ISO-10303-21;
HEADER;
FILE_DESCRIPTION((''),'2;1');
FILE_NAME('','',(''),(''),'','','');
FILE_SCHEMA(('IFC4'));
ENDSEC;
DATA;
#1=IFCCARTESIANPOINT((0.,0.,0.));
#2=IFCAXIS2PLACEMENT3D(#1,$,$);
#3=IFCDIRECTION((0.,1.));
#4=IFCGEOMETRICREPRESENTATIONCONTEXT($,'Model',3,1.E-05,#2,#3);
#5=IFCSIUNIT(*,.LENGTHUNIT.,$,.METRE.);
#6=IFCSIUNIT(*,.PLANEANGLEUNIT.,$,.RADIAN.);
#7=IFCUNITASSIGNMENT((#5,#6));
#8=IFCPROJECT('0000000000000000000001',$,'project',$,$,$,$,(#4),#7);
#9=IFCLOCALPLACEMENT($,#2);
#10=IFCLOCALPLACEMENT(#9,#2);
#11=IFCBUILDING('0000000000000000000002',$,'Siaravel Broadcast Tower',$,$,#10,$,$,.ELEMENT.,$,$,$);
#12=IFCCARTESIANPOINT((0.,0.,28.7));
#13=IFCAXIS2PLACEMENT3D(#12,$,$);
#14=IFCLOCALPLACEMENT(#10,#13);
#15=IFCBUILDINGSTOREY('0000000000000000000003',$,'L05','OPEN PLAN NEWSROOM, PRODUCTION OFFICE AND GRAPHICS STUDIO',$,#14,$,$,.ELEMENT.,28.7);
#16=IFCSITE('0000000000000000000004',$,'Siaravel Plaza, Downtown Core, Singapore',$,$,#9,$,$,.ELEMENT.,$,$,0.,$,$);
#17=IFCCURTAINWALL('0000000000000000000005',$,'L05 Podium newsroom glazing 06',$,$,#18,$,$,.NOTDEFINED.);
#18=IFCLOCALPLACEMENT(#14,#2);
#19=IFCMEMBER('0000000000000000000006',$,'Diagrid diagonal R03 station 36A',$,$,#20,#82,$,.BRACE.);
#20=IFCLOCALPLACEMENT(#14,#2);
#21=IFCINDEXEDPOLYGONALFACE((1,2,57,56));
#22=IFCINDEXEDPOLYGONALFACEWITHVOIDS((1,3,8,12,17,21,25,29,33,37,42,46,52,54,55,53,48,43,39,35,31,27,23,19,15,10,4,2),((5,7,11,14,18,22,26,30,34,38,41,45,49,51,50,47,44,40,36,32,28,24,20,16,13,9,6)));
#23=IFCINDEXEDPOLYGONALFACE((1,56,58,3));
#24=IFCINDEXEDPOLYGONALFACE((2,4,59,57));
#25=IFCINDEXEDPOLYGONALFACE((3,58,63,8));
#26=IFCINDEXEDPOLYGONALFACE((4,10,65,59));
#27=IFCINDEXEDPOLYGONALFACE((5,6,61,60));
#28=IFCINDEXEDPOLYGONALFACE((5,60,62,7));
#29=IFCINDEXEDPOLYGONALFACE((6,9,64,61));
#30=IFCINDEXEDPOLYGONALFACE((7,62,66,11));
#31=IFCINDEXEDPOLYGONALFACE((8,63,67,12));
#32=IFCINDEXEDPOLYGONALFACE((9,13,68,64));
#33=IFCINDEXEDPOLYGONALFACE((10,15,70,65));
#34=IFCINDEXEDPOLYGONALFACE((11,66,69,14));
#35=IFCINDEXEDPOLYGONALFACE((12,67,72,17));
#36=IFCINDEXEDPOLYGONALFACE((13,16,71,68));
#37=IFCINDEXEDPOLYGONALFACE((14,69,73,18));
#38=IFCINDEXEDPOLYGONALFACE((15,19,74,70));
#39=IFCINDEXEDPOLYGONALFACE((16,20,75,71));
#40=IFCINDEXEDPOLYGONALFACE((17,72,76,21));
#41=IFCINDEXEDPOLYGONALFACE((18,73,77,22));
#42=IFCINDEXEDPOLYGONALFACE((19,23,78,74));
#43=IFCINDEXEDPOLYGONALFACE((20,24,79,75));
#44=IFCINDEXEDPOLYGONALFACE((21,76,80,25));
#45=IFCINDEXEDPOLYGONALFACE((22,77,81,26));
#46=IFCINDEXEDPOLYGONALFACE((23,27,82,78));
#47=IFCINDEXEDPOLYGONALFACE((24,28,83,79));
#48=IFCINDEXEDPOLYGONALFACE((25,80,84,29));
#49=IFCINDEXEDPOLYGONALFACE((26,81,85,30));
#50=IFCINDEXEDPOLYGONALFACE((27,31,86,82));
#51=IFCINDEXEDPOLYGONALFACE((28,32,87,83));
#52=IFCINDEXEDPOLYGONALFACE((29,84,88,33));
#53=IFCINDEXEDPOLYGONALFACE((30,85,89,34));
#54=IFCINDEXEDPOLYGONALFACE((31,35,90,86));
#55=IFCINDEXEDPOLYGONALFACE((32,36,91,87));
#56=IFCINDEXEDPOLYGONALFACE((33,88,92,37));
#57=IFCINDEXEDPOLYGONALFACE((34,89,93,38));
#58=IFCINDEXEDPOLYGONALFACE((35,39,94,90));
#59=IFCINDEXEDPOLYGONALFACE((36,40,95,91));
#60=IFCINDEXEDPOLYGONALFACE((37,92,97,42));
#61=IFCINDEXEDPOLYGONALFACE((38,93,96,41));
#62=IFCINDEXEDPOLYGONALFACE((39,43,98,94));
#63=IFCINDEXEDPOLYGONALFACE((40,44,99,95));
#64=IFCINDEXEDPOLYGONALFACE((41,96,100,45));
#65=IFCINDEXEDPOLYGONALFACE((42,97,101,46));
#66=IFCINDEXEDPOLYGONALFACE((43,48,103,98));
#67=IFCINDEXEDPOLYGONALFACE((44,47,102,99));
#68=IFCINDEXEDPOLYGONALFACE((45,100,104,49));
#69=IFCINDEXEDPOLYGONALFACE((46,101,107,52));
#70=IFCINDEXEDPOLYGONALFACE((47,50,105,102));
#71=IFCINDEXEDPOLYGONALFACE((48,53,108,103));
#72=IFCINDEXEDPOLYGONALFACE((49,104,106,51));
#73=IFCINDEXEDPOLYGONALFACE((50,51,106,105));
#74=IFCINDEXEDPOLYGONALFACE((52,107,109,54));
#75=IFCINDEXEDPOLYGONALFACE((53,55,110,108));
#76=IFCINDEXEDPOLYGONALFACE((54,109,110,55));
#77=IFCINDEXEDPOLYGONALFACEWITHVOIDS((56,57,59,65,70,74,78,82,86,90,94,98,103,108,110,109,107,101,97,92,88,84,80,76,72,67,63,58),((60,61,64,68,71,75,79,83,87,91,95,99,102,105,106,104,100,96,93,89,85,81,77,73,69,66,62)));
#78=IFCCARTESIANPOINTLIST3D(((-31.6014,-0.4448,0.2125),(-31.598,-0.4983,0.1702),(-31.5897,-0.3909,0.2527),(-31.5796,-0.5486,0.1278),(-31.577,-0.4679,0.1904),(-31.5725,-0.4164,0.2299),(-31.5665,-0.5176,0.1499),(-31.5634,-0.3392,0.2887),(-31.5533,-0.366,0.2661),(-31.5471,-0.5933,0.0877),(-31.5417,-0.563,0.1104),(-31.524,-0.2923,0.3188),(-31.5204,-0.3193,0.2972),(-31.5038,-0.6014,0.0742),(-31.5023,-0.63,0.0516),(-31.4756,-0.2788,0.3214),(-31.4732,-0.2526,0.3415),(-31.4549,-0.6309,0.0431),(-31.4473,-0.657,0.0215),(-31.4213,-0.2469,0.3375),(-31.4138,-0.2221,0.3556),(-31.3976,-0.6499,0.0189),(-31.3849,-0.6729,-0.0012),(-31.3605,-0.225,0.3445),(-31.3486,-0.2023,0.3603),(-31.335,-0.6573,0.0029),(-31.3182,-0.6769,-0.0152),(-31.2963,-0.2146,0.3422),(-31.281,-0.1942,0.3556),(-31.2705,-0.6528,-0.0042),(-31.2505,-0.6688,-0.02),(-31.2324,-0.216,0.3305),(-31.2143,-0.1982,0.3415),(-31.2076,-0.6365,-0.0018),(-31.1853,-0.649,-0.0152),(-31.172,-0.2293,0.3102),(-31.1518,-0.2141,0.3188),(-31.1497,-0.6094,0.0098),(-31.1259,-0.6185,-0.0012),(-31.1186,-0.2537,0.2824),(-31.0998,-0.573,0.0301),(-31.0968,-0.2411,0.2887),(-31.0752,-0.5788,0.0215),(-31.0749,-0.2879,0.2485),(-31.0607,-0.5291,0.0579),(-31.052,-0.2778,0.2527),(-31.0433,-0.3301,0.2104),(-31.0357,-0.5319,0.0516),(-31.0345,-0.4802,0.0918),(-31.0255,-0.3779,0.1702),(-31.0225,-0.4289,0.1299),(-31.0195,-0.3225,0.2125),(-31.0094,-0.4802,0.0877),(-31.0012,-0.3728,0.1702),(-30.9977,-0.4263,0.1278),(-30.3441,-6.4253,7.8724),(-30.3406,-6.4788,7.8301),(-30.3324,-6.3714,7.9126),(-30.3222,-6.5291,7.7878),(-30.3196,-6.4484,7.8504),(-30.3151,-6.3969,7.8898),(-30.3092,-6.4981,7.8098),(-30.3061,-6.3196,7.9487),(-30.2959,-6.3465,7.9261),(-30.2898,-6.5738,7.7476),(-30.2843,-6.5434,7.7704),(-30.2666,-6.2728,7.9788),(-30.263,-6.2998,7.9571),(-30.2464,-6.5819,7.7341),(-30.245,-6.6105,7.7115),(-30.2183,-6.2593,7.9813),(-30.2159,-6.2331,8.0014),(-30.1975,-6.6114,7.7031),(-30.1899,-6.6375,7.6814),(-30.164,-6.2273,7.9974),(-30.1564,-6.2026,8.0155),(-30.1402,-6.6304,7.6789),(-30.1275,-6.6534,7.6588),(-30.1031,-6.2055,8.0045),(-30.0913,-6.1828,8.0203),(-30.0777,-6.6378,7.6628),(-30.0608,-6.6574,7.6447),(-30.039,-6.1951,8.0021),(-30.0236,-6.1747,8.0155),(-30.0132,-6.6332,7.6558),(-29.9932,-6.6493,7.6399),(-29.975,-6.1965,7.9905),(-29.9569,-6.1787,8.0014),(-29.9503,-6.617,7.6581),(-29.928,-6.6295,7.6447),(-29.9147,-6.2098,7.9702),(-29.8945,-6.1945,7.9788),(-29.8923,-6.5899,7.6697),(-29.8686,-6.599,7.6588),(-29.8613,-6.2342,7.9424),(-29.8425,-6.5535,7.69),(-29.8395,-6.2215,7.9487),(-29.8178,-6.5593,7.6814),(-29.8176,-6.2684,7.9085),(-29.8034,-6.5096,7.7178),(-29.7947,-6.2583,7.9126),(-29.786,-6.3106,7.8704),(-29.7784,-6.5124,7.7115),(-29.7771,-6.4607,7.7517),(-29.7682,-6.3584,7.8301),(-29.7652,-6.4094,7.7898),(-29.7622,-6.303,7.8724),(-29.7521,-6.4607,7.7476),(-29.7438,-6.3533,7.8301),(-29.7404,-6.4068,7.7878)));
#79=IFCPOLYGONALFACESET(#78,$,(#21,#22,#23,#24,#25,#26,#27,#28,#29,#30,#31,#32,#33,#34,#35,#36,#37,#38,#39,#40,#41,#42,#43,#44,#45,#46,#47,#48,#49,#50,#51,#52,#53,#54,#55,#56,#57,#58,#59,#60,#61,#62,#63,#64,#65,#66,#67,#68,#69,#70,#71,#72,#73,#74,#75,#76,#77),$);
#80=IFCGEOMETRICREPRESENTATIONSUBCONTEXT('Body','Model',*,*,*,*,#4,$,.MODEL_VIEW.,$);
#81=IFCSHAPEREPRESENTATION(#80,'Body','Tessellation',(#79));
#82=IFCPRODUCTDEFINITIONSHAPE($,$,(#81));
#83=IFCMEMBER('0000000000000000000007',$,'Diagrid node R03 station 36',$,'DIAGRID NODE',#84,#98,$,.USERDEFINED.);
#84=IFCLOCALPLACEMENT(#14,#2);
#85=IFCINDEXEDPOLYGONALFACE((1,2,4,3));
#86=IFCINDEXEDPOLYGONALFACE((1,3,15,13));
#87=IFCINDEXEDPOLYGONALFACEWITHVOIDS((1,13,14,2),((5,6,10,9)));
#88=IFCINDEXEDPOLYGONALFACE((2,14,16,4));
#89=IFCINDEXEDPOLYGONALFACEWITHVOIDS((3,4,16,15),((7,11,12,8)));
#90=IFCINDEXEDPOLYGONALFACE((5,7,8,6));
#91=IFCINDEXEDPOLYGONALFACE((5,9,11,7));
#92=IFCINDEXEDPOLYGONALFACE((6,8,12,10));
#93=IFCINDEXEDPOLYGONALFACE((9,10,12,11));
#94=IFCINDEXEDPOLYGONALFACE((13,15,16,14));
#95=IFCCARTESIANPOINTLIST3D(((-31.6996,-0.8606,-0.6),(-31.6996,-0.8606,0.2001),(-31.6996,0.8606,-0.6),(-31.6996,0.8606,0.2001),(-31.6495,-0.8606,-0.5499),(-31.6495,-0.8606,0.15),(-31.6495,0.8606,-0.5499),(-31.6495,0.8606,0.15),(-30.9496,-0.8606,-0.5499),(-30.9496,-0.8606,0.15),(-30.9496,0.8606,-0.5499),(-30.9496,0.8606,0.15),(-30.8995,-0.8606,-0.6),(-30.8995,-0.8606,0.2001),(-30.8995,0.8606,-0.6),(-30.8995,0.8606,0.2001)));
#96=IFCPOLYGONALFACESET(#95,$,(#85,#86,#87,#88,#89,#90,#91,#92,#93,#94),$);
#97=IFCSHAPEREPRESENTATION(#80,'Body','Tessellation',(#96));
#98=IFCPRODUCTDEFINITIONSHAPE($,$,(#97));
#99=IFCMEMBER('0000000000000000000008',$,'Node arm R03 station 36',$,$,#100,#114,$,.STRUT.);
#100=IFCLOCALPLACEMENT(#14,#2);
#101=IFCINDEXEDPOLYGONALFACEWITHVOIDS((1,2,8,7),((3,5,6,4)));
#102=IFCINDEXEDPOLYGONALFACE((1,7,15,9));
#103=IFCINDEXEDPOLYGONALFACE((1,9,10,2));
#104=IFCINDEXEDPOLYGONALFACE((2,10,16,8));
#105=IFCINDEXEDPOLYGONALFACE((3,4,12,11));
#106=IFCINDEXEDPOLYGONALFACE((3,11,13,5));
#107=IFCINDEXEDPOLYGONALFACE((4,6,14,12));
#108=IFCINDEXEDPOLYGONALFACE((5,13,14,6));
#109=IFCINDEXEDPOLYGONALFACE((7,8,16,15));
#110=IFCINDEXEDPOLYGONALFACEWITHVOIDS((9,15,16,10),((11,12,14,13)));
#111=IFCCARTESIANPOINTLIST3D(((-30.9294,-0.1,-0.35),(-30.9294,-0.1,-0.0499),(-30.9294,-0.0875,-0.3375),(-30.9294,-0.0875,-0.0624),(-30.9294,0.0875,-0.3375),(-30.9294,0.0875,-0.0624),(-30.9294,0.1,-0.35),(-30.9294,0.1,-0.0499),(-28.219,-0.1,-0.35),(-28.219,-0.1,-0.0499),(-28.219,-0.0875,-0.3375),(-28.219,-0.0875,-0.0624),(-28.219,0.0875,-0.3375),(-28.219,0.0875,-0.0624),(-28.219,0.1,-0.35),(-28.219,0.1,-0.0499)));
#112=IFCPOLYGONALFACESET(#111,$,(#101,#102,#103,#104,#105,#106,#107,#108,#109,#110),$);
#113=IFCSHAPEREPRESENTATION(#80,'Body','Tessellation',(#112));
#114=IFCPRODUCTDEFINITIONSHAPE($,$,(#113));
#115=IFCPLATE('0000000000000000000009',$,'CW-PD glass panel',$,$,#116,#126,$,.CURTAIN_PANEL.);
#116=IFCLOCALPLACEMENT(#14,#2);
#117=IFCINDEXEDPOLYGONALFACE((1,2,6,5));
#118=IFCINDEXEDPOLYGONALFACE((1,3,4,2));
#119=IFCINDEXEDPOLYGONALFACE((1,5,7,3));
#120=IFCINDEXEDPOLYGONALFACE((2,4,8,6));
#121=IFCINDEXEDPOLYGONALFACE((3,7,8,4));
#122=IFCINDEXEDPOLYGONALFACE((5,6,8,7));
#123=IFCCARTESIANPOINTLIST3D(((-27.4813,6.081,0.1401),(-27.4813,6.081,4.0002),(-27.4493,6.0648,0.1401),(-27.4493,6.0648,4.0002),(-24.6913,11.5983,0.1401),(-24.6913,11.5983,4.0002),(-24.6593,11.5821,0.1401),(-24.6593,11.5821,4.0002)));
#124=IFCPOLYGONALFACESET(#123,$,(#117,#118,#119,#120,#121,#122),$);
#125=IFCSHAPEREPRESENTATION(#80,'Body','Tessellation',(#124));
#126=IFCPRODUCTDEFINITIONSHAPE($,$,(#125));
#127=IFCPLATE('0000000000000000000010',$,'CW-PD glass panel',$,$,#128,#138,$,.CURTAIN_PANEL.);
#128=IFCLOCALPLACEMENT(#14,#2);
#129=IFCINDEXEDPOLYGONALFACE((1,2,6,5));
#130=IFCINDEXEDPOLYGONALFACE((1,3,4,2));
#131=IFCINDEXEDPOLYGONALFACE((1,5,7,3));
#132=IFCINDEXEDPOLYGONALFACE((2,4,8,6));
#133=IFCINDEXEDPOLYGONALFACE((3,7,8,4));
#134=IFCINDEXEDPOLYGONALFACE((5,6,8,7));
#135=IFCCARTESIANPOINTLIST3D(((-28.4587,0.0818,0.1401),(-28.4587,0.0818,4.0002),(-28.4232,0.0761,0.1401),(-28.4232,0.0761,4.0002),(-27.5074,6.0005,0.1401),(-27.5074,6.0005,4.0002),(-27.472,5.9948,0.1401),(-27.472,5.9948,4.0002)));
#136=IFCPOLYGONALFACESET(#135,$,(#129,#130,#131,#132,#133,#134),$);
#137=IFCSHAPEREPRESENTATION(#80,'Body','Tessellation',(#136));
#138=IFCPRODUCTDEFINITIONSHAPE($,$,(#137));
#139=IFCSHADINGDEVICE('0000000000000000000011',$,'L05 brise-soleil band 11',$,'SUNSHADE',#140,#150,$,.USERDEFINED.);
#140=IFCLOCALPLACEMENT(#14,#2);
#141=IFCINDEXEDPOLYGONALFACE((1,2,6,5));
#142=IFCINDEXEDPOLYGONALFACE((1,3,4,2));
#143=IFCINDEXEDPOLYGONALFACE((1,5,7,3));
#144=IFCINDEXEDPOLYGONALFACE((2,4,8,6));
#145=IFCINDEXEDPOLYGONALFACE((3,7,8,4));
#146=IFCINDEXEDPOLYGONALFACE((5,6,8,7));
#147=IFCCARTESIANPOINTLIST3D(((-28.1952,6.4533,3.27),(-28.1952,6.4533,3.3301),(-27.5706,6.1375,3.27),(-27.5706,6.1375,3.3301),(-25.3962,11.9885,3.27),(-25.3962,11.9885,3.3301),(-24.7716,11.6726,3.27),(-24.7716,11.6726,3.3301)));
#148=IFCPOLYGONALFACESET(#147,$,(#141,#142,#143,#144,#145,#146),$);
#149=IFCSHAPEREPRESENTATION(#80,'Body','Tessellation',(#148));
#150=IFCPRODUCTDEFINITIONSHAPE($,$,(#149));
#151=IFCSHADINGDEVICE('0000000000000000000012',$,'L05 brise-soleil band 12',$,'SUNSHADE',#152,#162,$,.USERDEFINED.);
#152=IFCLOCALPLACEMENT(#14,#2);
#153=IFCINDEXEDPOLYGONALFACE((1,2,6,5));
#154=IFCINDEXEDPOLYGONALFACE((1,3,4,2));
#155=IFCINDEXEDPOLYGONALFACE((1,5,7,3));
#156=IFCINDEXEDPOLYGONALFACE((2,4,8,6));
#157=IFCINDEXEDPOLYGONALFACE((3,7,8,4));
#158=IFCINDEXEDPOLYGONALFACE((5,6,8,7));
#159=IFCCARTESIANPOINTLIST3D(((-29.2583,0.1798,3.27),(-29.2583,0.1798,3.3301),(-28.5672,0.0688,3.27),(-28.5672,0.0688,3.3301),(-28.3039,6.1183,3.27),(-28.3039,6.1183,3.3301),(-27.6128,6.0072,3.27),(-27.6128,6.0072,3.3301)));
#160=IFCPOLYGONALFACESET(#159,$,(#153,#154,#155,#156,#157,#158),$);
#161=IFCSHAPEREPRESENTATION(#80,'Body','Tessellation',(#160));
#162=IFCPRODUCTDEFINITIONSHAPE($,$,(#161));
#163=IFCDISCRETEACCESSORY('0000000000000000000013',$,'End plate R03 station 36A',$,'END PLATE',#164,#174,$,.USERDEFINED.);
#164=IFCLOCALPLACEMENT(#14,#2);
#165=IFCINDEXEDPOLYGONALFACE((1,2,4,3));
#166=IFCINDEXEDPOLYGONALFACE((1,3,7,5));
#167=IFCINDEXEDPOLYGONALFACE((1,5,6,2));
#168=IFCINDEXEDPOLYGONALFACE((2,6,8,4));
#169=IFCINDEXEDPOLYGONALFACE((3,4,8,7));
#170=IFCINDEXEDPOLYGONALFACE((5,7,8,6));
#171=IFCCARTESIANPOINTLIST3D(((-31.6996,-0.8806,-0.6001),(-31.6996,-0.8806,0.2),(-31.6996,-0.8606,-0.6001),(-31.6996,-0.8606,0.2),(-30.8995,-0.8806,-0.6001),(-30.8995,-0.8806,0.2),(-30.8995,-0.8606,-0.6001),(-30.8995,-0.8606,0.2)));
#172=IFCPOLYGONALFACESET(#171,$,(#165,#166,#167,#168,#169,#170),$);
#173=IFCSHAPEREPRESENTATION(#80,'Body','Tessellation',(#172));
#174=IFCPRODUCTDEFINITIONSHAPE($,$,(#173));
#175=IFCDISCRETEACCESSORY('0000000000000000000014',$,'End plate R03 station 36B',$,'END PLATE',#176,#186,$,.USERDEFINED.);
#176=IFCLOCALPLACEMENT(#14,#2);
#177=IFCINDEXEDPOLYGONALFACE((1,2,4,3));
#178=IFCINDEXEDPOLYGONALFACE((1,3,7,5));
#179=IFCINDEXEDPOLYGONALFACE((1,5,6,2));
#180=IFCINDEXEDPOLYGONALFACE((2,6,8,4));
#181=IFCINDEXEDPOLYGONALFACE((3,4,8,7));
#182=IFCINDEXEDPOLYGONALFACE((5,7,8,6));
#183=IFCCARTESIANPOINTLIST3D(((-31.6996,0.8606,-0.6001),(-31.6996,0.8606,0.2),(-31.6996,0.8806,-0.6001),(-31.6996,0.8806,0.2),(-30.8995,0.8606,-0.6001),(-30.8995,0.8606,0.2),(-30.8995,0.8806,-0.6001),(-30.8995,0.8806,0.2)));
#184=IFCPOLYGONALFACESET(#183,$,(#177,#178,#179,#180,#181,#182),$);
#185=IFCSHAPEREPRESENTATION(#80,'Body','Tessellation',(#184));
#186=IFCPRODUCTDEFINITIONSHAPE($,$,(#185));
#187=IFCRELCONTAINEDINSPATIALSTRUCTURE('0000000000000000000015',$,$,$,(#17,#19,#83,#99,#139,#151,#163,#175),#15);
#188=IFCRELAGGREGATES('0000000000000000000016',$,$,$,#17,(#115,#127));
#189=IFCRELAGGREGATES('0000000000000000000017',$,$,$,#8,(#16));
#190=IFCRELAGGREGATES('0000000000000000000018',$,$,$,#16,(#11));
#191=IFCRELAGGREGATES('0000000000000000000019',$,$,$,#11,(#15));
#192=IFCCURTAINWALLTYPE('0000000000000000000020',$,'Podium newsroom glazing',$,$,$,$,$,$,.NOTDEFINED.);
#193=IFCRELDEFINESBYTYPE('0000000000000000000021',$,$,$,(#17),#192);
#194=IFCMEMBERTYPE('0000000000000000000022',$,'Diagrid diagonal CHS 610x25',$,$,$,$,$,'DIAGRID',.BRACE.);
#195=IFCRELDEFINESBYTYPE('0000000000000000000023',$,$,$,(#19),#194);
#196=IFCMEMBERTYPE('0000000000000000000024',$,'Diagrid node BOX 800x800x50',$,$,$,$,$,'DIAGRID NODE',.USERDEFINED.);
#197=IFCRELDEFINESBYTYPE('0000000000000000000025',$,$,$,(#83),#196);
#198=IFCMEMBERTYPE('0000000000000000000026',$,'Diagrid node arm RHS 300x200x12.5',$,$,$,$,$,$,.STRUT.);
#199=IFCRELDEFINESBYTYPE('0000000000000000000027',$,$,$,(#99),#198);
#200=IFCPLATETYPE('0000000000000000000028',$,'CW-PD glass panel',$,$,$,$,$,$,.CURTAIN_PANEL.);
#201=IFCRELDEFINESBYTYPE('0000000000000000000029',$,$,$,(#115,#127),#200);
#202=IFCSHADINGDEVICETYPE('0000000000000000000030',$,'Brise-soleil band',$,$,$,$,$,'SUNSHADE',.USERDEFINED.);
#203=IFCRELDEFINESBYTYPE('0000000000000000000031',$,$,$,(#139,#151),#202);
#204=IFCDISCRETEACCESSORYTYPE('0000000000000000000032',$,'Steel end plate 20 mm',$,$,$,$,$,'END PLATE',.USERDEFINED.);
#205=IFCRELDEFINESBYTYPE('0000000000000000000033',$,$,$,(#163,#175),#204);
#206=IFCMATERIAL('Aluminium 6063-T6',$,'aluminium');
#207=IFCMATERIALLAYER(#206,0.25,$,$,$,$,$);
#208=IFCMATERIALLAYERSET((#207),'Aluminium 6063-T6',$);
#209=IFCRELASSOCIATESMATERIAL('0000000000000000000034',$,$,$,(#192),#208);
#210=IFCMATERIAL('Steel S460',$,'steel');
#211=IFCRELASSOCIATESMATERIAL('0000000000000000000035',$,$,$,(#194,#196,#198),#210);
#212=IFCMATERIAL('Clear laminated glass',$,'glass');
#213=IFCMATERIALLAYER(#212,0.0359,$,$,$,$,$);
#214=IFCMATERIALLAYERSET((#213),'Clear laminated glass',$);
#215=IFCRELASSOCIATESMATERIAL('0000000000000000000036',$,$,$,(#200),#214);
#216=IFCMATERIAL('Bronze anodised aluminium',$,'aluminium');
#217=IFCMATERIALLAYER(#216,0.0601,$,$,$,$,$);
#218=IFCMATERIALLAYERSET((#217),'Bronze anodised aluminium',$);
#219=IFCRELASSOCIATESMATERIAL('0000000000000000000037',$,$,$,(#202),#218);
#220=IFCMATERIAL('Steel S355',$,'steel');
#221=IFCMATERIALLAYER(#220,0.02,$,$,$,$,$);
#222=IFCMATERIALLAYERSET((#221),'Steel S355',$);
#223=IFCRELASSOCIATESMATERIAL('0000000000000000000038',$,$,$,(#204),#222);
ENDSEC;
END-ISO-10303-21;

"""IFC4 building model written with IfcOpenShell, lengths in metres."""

from ifc_helpers import new_model, si_unit, direction, frame, origin, origin_2d, place, context, subcontext, project, spatial, rectangle, hollow_rectangle, hollow_circle, extrude, material, layer, layer_set, material_profile, profile_set, type_object, element, aggregate, save


model = new_model("IFC4")

# Units and contexts
model_context = context("Model", 3, precision=1e-05, world=origin(), true_north=direction((0.0, 1.0)))
body_context = subcontext(model_context, "Body", "Model", "MODEL_VIEW")
ifc_project = project(units=[si_unit("LENGTHUNIT", "METRE"), si_unit("PLANEANGLEUNIT", "RADIAN")], contexts=[model_context])

# Site, building, storey
site_placement = place(None, origin())
site = spatial("IfcSite", under=ifc_project, at=site_placement, Name="Siaravel Plaza, Downtown Core, Singapore", CompositionType="ELEMENT", RefElevation=0.0)
building_placement = place(site_placement, origin())
building = spatial("IfcBuilding", under=site, at=building_placement, Name="Siaravel Broadcast Tower", CompositionType="ELEMENT")
storey_placement = place(building_placement, frame((0.0, 0.0, 28.7)))
storey = spatial("IfcBuildingStorey", under=building, at=storey_placement, Name="L05", Description="OPEN PLAN NEWSROOM, PRODUCTION OFFICE AND GRAPHICS STUDIO", CompositionType="ELEMENT", Elevation=28.7)

# Shared definitions
ifc_material_1 = material(Name="Steel S355", Category="steel")

# Curtain wall
ifc_material_2 = material(Name="Aluminium 6063-T6", Category="aluminium")
ifc_layer_1 = layer(ifc_material_2, 0.25)
ifc_layer_set_1 = layer_set([ifc_layer_1], Name="Aluminium 6063-T6")
curtain_wall_type = type_object("IfcCurtainWallType", Name="Podium newsroom glazing", PredefinedType="NOTDEFINED", material=ifc_layer_set_1)
curtain_wall_1_placement = place(storey_placement, origin())
curtain_wall_1 = element("IfcCurtainWall", 1, at=curtain_wall_1_placement, inside=storey, type_object=curtain_wall_type, Name="L05 Podium newsroom glazing 06", PredefinedType="NOTDEFINED")

# Members
ifc_material_3 = material(Name="Steel S460", Category="steel")
ifc_material_profile_1 = material_profile(ifc_material_3, hollow_circle(Radius=0.3049, WallThickness=0.0249, at=origin_2d()))
ifc_profile_set_1 = profile_set([ifc_material_profile_1], Name="Steel S460")
member_type_1 = type_object("IfcMemberType", Name="Diagrid diagonal CHS 610x25", ElementType="DIAGRID", PredefinedType="BRACE", material=ifc_profile_set_1)
for number, where, z_axis, x_axis, name in (
    (2, (-31.2996, -0.4355, 0.1702), (0.128311, -0.610312, 0.781701), (0.978607, 0.205741, 0.0), "Diagrid diagonal R03 station 36A"),
):
    element("IfcMember", number, at=place(storey_placement, frame(where, z_axis=z_axis, x_axis=x_axis)), inside=storey, type_object=member_type_1, Name=name, PredefinedType="BRACE", context=body_context, shape_type="SweptSolid", body=[
        extrude(hollow_circle(Radius=0.3049, WallThickness=0.0249, at=origin_2d()), origin(), (0.0, 0.0, 1.0), 9.7991),
    ])
ifc_material_profile_2 = material_profile(ifc_material_3, hollow_rectangle(XDim=0.8, YDim=0.8, WallThickness=0.05, at=origin_2d()))
ifc_profile_set_2 = profile_set([ifc_material_profile_2], Name="Steel S460")
member_type_2 = type_object("IfcMemberType", Name="Diagrid node BOX 800x800x50", ElementType="DIAGRID NODE", PredefinedType="USERDEFINED", material=ifc_profile_set_2)
member_1_placement = place(storey_placement, frame((-31.2996, 0.8606, -0.2), z_axis=(0.0, -1.0, 0.0), x_axis=(1.0, 0.0, 0.0)))
element("IfcMember", 3, at=member_1_placement, inside=storey, type_object=member_type_2, Name="Diagrid node R03 station 36", ObjectType="DIAGRID NODE", PredefinedType="USERDEFINED", context=body_context, shape_type="SweptSolid", body=[
    extrude(hollow_rectangle(XDim=0.8, YDim=0.8, WallThickness=0.05, at=origin_2d()), origin(), (0.0, 0.0, 1.0), 1.7212),
])
ifc_material_profile_3 = material_profile(ifc_material_3, hollow_rectangle(XDim=0.2, YDim=0.3, WallThickness=0.0125, at=origin_2d()))
ifc_profile_set_3 = profile_set([ifc_material_profile_3], Name="Steel S460")
member_type_3 = type_object("IfcMemberType", Name="Diagrid node arm RHS 300x200x12.5", PredefinedType="STRUT", material=ifc_profile_set_3)
member_2_placement = place(storey_placement, frame((-28.219, 0.0, -0.2), z_axis=(-1.0, 0.0, 0.0), x_axis=(0.0, -1.0, 0.0)))
element("IfcMember", 4, at=member_2_placement, inside=storey, type_object=member_type_3, Name="Node arm R03 station 36", PredefinedType="STRUT", context=body_context, shape_type="SweptSolid", body=[
    extrude(hollow_rectangle(XDim=0.2, YDim=0.3, WallThickness=0.0125, at=origin_2d()), origin(), (0.0, 0.0, 1.0), 2.7104),
])

# Plates
ifc_material_4 = material(Name="Clear laminated glass", Category="glass")
ifc_layer_2 = layer(ifc_material_4, 0.0359)
ifc_layer_set_2 = layer_set([ifc_layer_2], Name="Clear laminated glass")
plate_type = type_object("IfcPlateType", Name="CW-PD glass panel", PredefinedType="CURTAIN_PANEL", material=ifc_layer_set_2)
plate_1_placement = place(storey_placement, frame((-26.0703, 8.8315, 0.1401), z_axis=(0.0, 0.0, 1.0), x_axis=(-0.451262, -0.892391, 0.0)))
plate_1 = element("IfcPlate", 5, at=plate_1_placement, type_object=plate_type, Name="CW-PD glass panel", PredefinedType="CURTAIN_PANEL", context=body_context, shape_type="SweptSolid", body=[
    extrude(rectangle(XDim=6.1826, YDim=0.0359, at=origin_2d()), origin(), (0.0, 0.0, 1.0), 3.8601),
])
plate_2_placement = place(storey_placement, frame((-27.9653, 3.0383, 0.1401), z_axis=(0.0, 0.0, 1.0), x_axis=(-0.158686, -0.987329, 0.0)))
plate_2 = element("IfcPlate", 6, at=plate_2_placement, type_object=plate_type, Name="CW-PD glass panel", PredefinedType="CURTAIN_PANEL", context=body_context, shape_type="SweptSolid", body=[
    extrude(rectangle(XDim=5.9946, YDim=0.0359, at=origin_2d()), origin(), (0.0, 0.0, 1.0), 3.8601),
])
aggregate(curtain_wall_1, [plate_1, plate_2])

# Shading devices
ifc_material_5 = material(Name="Bronze anodised aluminium", Category="aluminium")
ifc_layer_3 = layer(ifc_material_5, 0.0601)
ifc_layer_set_3 = layer_set([ifc_layer_3], Name="Bronze anodised aluminium")
shading_device_type = type_object("IfcShadingDeviceType", Name="Brise-soleil band", ElementType="SUNSHADE", PredefinedType="USERDEFINED", material=ifc_layer_set_3)
shading_device_1_placement = place(storey_placement, frame((-26.4834, 9.063, 3.27), z_axis=(0.0, 0.0, 1.0), x_axis=(-0.451262, -0.892391, 0.0)))
element("IfcShadingDevice", 7, at=shading_device_1_placement, inside=storey, type_object=shading_device_type, Name="L05 brise-soleil band 11", ObjectType="SUNSHADE", PredefinedType="USERDEFINED", context=body_context, shape_type="SweptSolid", body=[
    extrude(rectangle(XDim=6.2026, YDim=0.7, at=origin_2d()), origin(), (0.0, 0.0, 1.0), 0.0601),
])
shading_device_2_placement = place(storey_placement, frame((-28.4355, 3.0935, 3.27), z_axis=(0.0, 0.0, 1.0), x_axis=(-0.158685, -0.987329, 0.0)))
element("IfcShadingDevice", 8, at=shading_device_2_placement, inside=storey, type_object=shading_device_type, Name="L05 brise-soleil band 12", ObjectType="SUNSHADE", PredefinedType="USERDEFINED", context=body_context, shape_type="SweptSolid", body=[
    extrude(rectangle(XDim=6.0146, YDim=0.7, at=origin_2d()), origin(), (0.0, 0.0, 1.0), 0.0601),
])

# Discrete accessories
ifc_layer_4 = layer(ifc_material_1, 0.02)
ifc_layer_set_4 = layer_set([ifc_layer_4], Name="Steel S355")
discrete_accessory_type = type_object("IfcDiscreteAccessoryType", Name="Steel end plate 20 mm", ElementType="END PLATE", PredefinedType="USERDEFINED", material=ifc_layer_set_4)
for number, where, z_axis, x_axis, name in (
    (9, (-31.2996, -0.8706, -0.6001), (0.0, 0.0, 1.0), (0.0, -1.0, 0.0), "End plate R03 station 36A"),
    (10, (-31.2996, 0.8706, -0.6001), (0.0, 0.0, 1.0), (0.0, -1.0, 0.0), "End plate R03 station 36B"),
):
    element("IfcDiscreteAccessory", number, at=place(storey_placement, frame(where, z_axis=z_axis, x_axis=x_axis)), inside=storey, type_object=discrete_accessory_type, Name=name, ObjectType="END PLATE", PredefinedType="USERDEFINED", context=body_context, shape_type="SweptSolid", body=[
        extrude(rectangle(XDim=0.02, YDim=0.8, at=origin_2d()), origin(), (0.0, 0.0, 1.0), 0.8),
    ])

save(model, "model.ifc")
